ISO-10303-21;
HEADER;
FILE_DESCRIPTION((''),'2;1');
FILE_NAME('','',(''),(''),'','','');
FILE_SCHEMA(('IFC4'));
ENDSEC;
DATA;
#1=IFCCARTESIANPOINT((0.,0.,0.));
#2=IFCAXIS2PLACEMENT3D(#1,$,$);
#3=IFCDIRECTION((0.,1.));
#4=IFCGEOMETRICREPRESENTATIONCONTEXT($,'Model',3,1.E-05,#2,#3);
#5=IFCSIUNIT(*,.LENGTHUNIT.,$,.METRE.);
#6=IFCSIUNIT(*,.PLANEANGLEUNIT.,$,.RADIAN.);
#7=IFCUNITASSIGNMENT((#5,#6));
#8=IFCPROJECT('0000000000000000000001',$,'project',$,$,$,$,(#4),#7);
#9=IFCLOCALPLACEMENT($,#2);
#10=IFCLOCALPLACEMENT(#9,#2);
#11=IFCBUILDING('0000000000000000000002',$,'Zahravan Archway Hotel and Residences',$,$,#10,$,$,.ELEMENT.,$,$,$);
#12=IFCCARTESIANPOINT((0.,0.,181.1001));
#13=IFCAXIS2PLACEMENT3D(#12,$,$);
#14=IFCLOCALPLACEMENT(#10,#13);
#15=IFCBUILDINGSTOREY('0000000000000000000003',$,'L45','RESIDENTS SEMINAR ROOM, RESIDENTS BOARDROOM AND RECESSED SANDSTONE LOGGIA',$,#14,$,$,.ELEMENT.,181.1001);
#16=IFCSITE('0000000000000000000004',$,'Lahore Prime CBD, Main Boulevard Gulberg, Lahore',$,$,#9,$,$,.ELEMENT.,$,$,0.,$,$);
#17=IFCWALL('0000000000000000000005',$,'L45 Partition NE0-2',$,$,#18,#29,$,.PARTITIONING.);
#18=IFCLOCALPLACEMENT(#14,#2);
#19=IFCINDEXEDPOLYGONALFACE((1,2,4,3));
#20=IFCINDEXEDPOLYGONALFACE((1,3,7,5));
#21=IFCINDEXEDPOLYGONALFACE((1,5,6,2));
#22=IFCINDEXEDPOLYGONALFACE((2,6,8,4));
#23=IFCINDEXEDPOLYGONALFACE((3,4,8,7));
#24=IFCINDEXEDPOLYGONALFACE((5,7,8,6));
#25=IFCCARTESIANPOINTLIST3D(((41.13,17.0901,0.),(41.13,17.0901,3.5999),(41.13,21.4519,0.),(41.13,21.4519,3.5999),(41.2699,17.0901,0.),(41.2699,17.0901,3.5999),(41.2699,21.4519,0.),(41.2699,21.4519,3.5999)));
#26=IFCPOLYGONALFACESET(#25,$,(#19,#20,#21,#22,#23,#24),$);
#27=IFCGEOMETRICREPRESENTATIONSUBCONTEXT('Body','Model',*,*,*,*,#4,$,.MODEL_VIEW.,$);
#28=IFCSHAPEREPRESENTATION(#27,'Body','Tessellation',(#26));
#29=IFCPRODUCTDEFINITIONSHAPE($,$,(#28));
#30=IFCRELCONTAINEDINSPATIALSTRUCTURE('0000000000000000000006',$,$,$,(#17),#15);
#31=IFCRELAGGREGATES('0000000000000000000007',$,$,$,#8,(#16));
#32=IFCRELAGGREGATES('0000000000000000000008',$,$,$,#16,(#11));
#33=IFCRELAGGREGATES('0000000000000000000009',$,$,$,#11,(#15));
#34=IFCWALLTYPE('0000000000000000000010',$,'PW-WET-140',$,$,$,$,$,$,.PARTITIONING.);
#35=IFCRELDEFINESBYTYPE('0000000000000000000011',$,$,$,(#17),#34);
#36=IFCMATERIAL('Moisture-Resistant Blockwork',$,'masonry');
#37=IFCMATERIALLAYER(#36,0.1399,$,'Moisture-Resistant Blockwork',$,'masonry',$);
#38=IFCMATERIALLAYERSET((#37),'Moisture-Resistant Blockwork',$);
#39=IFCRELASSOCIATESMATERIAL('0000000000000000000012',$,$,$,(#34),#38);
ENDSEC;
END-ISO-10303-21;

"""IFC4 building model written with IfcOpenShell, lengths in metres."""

from ifc_helpers import new_model, si_unit, direction, frame, frame_2d, origin, place, context, subcontext, project, spatial, rectangle, extrude, material, layer, layer_set, type_object, element, save


model = new_model("IFC4")

# Units and contexts
model_context = context("Model", 3, precision=1e-05, world=origin(), true_north=direction((0.0, 1.0)))
body_context = subcontext(model_context, "Body", "Model", "MODEL_VIEW")
ifc_project = project(units=[si_unit("LENGTHUNIT", "METRE"), si_unit("PLANEANGLEUNIT", "RADIAN")], contexts=[model_context])

# Site, building, storey
site_placement = place(None, origin())
site = spatial("IfcSite", under=ifc_project, at=site_placement, Name="Lahore Prime CBD, Main Boulevard Gulberg, Lahore", CompositionType="ELEMENT", RefElevation=0.0)
building_placement = place(site_placement, origin())
building = spatial("IfcBuilding", under=site, at=building_placement, Name="Zahravan Archway Hotel and Residences", CompositionType="ELEMENT")
storey_placement = place(building_placement, frame((0.0, 0.0, 181.1001)))
storey = spatial("IfcBuildingStorey", under=building, at=storey_placement, Name="L45", Description="RESIDENTS SEMINAR ROOM, RESIDENTS BOARDROOM AND RECESSED SANDSTONE LOGGIA", CompositionType="ELEMENT", Elevation=181.1001)

# Wall
ifc_material_1 = material(Name="Moisture-Resistant Blockwork", Category="masonry")
ifc_layer_1 = layer(ifc_material_1, 0.1399, Name="Moisture-Resistant Blockwork", Category="masonry")
ifc_layer_set_1 = layer_set([ifc_layer_1], Name="Moisture-Resistant Blockwork")
wall_type_1 = type_object("IfcWallType", Name="PW-WET-140", PredefinedType="PARTITIONING", material=ifc_layer_set_1)
for number, where, z_axis, x_axis, name in (
    (1, (41.2, 17.0901, 0.0), (0.0, 0.0, 1.0), (0.0, 1.0, 0.0), "L45 Partition NE0-2"),
):
    element("IfcWall", number, at=place(storey_placement, frame(where, z_axis=z_axis, x_axis=x_axis)), inside=storey, type_object=wall_type_1, Name=name, PredefinedType="PARTITIONING", context=body_context, shape_type="SweptSolid", body=[
        extrude(rectangle(XDim=4.3618, YDim=0.1399, at=frame_2d((2.1809, 0.0))), origin(), (0.0, 0.0, 1.0), 3.5999),
    ])

save(model, "model.ifc")
